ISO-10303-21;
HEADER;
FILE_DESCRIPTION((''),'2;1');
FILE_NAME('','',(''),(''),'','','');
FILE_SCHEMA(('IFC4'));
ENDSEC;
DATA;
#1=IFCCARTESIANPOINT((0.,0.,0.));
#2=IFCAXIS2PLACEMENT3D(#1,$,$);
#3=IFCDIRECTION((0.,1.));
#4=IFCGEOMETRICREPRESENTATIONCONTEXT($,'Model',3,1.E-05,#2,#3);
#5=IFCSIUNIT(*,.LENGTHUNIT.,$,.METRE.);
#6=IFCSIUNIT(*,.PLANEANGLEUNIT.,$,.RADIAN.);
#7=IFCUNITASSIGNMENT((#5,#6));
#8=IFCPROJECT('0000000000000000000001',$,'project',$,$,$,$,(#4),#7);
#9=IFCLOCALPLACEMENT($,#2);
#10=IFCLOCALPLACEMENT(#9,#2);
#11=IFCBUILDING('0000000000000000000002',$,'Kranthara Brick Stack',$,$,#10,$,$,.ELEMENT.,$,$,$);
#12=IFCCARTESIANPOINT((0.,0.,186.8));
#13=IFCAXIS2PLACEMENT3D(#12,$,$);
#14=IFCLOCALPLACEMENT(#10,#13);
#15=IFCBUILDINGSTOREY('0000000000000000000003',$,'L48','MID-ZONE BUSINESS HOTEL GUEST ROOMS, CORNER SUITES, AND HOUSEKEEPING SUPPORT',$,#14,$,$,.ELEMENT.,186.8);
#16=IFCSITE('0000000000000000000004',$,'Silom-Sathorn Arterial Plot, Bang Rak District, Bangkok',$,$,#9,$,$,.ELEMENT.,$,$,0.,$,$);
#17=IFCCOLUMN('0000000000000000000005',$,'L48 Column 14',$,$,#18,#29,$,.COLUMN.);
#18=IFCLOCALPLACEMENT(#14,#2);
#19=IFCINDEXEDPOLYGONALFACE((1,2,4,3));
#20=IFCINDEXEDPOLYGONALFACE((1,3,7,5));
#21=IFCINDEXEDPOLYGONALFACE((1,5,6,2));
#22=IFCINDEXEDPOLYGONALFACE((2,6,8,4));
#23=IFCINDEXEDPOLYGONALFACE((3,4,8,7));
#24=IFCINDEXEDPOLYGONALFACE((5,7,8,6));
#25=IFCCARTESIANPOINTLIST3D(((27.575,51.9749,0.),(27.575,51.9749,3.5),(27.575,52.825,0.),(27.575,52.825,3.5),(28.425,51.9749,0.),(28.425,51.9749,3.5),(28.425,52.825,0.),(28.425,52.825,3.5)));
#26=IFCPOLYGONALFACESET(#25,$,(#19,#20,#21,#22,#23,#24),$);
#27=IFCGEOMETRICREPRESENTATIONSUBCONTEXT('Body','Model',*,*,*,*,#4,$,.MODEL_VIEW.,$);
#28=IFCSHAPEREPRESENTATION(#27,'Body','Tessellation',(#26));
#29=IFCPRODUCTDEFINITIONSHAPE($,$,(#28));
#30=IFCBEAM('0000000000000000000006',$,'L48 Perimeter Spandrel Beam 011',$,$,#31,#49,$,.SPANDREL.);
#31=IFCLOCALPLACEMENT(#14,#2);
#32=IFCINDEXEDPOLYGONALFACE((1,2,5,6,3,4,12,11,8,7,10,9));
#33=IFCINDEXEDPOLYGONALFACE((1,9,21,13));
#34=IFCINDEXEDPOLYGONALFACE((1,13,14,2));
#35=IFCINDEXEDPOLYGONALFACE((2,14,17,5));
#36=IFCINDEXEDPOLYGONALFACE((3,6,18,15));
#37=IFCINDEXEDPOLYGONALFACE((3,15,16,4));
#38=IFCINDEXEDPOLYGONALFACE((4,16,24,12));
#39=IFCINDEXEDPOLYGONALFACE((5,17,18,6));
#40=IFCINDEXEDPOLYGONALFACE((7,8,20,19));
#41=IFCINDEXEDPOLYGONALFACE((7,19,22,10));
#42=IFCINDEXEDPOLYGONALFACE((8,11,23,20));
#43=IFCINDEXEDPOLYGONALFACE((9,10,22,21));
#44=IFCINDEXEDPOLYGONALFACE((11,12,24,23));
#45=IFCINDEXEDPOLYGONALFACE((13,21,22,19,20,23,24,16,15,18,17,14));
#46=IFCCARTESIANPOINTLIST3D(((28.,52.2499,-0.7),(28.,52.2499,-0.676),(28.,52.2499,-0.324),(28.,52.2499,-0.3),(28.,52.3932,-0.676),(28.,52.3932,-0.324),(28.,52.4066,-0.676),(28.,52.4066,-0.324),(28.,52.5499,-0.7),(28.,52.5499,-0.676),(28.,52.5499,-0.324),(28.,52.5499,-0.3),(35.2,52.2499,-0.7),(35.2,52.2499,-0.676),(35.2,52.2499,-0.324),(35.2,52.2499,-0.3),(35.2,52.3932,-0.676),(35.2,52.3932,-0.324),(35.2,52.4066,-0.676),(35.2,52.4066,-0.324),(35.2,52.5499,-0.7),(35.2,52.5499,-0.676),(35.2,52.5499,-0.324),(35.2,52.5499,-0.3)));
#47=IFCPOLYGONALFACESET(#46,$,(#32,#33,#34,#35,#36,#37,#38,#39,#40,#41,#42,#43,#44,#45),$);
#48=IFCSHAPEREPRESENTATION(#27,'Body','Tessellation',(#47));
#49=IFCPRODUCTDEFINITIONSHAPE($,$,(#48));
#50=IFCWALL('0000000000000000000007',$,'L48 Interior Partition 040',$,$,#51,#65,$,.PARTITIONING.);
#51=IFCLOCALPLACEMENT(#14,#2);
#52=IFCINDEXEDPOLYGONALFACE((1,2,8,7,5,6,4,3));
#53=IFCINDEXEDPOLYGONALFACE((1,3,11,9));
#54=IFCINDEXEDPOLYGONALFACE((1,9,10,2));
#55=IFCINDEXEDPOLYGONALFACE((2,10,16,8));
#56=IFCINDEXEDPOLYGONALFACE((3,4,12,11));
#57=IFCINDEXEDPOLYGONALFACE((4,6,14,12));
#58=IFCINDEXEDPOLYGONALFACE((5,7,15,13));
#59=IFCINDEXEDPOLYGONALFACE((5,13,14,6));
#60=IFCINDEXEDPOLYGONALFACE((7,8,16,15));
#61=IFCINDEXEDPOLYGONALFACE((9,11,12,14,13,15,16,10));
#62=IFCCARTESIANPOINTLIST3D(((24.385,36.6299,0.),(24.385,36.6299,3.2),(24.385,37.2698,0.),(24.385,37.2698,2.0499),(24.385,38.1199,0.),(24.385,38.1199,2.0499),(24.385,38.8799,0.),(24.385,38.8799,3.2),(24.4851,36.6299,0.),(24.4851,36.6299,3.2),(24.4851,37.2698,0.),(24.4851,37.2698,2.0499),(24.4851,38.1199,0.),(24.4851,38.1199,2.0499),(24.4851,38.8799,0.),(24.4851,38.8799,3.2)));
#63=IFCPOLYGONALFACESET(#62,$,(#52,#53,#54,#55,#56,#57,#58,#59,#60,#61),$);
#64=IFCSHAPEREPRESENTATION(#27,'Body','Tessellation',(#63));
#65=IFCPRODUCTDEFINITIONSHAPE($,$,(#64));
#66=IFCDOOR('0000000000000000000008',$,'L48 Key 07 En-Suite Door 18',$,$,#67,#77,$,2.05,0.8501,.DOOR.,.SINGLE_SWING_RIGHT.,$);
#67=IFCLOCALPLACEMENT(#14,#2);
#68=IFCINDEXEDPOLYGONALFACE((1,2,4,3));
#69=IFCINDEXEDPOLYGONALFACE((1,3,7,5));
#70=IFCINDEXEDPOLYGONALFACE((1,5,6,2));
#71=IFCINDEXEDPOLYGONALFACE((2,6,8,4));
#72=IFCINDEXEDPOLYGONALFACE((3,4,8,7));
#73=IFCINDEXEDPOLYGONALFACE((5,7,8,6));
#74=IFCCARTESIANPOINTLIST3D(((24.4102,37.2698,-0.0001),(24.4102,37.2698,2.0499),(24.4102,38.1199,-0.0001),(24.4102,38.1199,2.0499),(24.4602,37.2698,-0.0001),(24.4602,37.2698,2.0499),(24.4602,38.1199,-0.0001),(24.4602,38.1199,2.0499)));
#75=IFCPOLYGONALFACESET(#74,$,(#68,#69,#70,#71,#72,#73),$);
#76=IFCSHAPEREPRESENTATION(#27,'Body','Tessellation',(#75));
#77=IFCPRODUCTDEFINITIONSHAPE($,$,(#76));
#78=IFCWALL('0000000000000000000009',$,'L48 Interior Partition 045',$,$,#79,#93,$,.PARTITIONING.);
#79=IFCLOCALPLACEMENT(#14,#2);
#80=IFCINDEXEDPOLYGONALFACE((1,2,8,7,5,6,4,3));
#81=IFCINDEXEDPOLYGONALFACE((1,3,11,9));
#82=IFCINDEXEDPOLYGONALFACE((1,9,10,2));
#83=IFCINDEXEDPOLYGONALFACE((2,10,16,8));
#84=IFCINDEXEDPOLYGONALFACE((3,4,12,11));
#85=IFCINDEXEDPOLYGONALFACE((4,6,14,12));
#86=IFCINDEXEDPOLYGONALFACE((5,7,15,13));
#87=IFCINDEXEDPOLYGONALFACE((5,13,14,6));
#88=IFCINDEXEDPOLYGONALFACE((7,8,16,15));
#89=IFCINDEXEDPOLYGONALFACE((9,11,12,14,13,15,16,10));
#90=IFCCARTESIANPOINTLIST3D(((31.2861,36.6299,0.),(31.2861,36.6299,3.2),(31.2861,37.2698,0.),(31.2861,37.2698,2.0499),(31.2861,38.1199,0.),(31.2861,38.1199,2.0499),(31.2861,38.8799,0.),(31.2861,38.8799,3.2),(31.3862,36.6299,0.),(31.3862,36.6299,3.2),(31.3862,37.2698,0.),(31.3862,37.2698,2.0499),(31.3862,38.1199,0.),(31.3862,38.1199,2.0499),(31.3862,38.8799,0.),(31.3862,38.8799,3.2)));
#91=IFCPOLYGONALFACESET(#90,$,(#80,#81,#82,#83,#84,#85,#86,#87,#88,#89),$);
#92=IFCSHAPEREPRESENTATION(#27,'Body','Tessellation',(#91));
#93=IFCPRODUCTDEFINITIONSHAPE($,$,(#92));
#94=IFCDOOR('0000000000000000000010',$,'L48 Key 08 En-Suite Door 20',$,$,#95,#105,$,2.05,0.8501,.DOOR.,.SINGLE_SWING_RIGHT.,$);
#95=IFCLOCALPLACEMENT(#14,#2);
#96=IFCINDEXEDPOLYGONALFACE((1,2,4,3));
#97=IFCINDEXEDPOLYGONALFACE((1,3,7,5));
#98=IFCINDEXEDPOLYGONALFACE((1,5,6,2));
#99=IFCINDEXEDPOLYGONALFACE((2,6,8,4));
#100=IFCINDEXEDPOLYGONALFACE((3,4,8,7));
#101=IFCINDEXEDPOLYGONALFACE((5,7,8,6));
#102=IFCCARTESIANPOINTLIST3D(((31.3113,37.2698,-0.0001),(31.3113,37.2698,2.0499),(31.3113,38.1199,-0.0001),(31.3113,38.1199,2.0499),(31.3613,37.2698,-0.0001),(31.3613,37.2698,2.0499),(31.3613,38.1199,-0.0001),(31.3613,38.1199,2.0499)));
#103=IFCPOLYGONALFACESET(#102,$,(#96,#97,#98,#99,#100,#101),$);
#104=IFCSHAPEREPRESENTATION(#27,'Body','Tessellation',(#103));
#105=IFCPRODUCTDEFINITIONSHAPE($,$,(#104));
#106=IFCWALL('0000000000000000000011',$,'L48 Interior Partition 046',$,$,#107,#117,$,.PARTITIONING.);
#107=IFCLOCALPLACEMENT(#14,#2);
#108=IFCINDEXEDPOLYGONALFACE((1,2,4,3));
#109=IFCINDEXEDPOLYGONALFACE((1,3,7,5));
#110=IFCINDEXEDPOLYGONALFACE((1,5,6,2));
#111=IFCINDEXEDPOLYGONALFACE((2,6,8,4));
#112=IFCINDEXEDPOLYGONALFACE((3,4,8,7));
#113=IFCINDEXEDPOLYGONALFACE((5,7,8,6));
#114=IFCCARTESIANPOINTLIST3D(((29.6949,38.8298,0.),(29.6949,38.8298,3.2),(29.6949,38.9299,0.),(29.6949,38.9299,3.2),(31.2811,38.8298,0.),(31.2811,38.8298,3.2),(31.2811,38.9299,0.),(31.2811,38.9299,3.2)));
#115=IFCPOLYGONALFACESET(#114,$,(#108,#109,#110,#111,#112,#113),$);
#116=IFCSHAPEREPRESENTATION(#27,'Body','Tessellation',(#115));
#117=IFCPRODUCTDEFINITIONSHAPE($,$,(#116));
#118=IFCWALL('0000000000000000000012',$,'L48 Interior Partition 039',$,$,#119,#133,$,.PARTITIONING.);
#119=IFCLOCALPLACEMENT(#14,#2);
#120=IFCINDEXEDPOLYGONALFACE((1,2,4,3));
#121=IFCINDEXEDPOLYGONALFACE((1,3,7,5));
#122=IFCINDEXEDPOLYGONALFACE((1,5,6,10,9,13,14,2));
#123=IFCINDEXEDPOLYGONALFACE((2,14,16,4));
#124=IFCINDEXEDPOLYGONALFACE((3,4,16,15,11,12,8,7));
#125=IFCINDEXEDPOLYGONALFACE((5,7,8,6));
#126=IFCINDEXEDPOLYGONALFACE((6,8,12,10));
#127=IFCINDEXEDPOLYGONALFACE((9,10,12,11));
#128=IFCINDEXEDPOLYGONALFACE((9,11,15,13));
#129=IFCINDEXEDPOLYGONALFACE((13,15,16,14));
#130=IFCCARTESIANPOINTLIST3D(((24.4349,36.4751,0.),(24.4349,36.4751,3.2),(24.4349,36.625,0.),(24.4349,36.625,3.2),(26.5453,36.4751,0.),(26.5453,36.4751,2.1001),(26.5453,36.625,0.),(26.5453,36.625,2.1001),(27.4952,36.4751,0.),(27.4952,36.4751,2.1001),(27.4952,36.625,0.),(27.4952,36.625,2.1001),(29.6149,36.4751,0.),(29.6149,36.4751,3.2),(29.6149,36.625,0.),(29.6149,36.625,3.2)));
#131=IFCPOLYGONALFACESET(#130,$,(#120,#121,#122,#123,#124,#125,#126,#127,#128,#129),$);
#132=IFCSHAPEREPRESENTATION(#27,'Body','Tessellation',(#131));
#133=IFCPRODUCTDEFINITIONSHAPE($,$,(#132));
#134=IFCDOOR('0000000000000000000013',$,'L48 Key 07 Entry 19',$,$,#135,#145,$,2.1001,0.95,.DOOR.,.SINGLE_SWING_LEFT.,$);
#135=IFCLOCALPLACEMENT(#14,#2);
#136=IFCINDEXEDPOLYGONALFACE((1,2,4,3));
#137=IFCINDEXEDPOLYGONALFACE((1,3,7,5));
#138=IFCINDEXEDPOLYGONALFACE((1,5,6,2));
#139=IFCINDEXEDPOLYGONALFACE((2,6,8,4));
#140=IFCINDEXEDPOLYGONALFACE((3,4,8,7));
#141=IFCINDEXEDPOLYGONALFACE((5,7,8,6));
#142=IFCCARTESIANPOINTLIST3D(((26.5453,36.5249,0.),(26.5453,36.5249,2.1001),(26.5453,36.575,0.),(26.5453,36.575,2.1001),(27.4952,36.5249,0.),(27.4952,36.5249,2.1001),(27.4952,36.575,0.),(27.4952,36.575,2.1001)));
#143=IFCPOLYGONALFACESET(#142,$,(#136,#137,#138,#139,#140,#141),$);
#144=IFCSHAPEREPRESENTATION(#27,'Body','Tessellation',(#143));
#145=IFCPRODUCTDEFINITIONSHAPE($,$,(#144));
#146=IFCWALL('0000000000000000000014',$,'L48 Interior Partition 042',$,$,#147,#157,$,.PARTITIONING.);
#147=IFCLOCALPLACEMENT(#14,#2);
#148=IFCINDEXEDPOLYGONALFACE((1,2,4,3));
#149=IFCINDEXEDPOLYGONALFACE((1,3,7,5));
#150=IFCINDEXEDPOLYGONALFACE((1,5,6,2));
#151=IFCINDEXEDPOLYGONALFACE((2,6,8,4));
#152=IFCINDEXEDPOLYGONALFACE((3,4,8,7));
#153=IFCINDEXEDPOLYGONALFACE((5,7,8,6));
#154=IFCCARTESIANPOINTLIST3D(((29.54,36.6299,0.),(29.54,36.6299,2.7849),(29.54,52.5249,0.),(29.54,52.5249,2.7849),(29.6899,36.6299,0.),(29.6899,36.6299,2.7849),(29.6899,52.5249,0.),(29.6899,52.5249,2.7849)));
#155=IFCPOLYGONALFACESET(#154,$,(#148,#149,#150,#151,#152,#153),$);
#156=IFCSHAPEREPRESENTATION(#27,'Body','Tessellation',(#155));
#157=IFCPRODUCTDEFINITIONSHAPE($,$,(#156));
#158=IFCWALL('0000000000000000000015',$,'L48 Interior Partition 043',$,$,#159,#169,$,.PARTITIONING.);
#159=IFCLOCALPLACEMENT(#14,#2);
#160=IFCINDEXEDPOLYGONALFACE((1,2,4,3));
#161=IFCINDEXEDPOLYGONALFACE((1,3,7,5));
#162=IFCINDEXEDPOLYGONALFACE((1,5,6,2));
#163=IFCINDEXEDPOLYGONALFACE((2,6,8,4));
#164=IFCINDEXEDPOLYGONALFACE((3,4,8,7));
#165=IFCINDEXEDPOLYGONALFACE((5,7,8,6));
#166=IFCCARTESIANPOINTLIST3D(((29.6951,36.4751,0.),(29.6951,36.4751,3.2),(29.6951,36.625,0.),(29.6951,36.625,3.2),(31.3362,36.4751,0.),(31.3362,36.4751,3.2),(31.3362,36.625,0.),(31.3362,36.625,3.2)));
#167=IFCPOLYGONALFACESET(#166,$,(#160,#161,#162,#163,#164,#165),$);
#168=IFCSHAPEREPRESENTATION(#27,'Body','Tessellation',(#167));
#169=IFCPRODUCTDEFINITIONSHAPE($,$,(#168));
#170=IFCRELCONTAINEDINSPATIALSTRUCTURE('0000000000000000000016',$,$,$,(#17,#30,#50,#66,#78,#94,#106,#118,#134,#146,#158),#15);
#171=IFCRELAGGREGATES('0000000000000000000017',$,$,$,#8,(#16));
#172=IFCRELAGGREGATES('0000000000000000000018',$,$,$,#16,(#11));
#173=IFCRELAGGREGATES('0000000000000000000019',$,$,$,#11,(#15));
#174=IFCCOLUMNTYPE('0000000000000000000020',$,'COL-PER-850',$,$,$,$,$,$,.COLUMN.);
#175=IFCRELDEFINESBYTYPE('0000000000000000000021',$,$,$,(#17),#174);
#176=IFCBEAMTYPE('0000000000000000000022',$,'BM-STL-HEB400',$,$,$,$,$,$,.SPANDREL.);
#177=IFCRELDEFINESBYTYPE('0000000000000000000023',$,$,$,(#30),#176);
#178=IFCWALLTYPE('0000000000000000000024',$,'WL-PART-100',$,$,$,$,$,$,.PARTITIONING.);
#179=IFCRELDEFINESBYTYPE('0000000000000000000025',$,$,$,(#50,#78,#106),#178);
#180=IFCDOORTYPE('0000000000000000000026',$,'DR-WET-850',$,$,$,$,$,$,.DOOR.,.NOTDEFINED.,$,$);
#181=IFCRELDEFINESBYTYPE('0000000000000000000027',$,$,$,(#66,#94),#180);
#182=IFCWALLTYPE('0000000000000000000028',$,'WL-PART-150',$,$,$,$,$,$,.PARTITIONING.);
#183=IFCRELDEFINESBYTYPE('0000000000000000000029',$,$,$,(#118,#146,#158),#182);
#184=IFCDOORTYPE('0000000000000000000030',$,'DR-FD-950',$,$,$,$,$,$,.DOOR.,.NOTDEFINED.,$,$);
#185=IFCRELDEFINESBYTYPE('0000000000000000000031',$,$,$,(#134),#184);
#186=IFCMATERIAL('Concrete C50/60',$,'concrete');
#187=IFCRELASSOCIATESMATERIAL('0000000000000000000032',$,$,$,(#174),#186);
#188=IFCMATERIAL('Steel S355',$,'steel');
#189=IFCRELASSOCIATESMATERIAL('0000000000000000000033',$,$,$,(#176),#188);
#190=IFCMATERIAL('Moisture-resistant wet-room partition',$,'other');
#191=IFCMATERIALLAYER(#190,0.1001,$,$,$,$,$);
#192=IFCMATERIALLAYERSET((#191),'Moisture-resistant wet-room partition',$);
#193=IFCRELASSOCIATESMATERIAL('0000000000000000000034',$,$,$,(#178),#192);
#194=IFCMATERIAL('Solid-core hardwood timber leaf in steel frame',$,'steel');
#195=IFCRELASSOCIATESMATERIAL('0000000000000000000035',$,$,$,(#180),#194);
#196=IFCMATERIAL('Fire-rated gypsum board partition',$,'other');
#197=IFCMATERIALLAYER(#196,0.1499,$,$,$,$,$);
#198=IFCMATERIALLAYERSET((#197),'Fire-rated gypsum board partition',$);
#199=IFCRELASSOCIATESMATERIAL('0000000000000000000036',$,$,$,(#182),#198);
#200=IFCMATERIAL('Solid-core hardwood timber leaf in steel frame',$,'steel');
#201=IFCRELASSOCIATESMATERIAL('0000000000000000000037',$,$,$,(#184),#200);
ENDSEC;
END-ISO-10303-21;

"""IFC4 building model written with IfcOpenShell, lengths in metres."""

from ifc_helpers import new_model, si_unit, direction, frame, frame_2d, origin, origin_2d, place, context, subcontext, project, spatial, rectangle, i_section, extrude, material, layer, layer_set, material_profile, profile_set, type_object, element, fill, save


model = new_model("IFC4")

# Units and contexts
model_context = context("Model", 3, precision=1e-05, world=origin(), true_north=direction((0.0, 1.0)))
body_context = subcontext(model_context, "Body", "Model", "MODEL_VIEW")
ifc_project = project(units=[si_unit("LENGTHUNIT", "METRE"), si_unit("PLANEANGLEUNIT", "RADIAN")], contexts=[model_context])

# Site, building, storey
site_placement = place(None, origin())
site = spatial("IfcSite", under=ifc_project, at=site_placement, Name="Silom-Sathorn Arterial Plot, Bang Rak District, Bangkok", CompositionType="ELEMENT", RefElevation=0.0)
building_placement = place(site_placement, origin())
building = spatial("IfcBuilding", under=site, at=building_placement, Name="Kranthara Brick Stack", CompositionType="ELEMENT")
storey_placement = place(building_placement, frame((0.0, 0.0, 186.8)))
storey = spatial("IfcBuildingStorey", under=building, at=storey_placement, Name="L48", Description="MID-ZONE BUSINESS HOTEL GUEST ROOMS, CORNER SUITES, AND HOUSEKEEPING SUPPORT", CompositionType="ELEMENT", Elevation=186.8)

# Column
ifc_material_1 = material(Name="Concrete C50/60", Category="concrete")
ifc_material_profile_1 = material_profile(ifc_material_1, rectangle(XDim=0.8501, YDim=0.8501, at=origin_2d()), Name="RC 850x850")
ifc_profile_set_1 = profile_set([ifc_material_profile_1], Name="Concrete C50/60")
column_type = type_object("IfcColumnType", Name="COL-PER-850", PredefinedType="COLUMN", material=ifc_profile_set_1)
column_placement = place(storey_placement, frame((28.0, 52.3999, 0.0), z_axis=(0.0, 0.0, 1.0), x_axis=(1.0, 0.0, 0.0)))
element("IfcColumn", 1, at=column_placement, inside=storey, type_object=column_type, Name="L48 Column 14", PredefinedType="COLUMN", context=body_context, shape_type="SweptSolid", body=[
    extrude(rectangle(XDim=0.8501, YDim=0.8501, at=origin_2d()), origin(), (0.0, 0.0, 1.0), 3.5),
])

# Beam
ifc_material_2 = material(Name="Steel S355", Category="steel")
ifc_material_profile_2 = material_profile(ifc_material_2, i_section(OverallWidth=0.3, OverallDepth=0.3999, WebThickness=0.0134, FlangeThickness=0.0239, at=origin_2d()), Name="HEB 400")
ifc_profile_set_2 = profile_set([ifc_material_profile_2], Name="Steel S355")
beam_type = type_object("IfcBeamType", Name="BM-STL-HEB400", PredefinedType="SPANDREL", material=ifc_profile_set_2)
beam_placement = place(storey_placement, frame((28.0, 52.3999, -0.5), z_axis=(1.0, 0.0, 0.0), x_axis=(0.0, 1.0, 0.0)))
element("IfcBeam", 2, at=beam_placement, inside=storey, type_object=beam_type, Name="L48 Perimeter Spandrel Beam 011", PredefinedType="SPANDREL", context=body_context, shape_type="SweptSolid", body=[
    extrude(i_section(OverallWidth=0.3, OverallDepth=0.3999, WebThickness=0.0134, FlangeThickness=0.0239, at=origin_2d()), origin(), (0.0, 0.0, 1.0), 7.2),
])

# Walls, openings, doors
ifc_material_3 = material(Name="Moisture-resistant wet-room partition", Category="other")
ifc_layer_1 = layer(ifc_material_3, 0.1001)
ifc_layer_set_1 = layer_set([ifc_layer_1], Name="Moisture-resistant wet-room partition")
wall_type_1 = type_object("IfcWallType", Name="WL-PART-100", PredefinedType="PARTITIONING", material=ifc_layer_set_1)
wall_1_placement = place(storey_placement, frame((24.4351, 36.6299, 0.0), z_axis=(0.0, 0.0, 1.0), x_axis=(0.0, 1.0, 0.0)))
wall_1 = element("IfcWall", 3, at=wall_1_placement, inside=storey, type_object=wall_type_1, Name="L48 Interior Partition 040", PredefinedType="PARTITIONING", context=body_context, shape_type="SweptSolid", body=[
    extrude(rectangle(XDim=2.25, YDim=0.1001, at=frame_2d((1.125, 0.0))), origin(), (0.0, 0.0, 1.0), 3.2),
])
opening_1_placement = place(wall_1_placement, frame((0.6399, 0.0, 0.0)))
opening_1 = element("IfcOpeningElement", 4, at=opening_1_placement, cuts=wall_1, PredefinedType="OPENING", context=body_context, shape_type="SweptSolid", body=[
    extrude(rectangle(XDim=0.8501, YDim=2.05, at=frame_2d((0.425, 1.0249))), frame((0.0, 0.0601, 0.0), z_axis=(0.0, -1.0, 0.0), x_axis=(1.0, 0.0, 0.0)), (0.0, 0.0, 1.0), 0.1201),
])
ifc_material_4 = material(Name="Solid-core hardwood timber leaf in steel frame", Category="steel")
door_type_1 = type_object("IfcDoorType", Name="DR-WET-850", OperationType="NOTDEFINED", PredefinedType="DOOR", material=ifc_material_4)
door_1_placement = place(opening_1_placement, origin())
door_1 = element("IfcDoor", 5, at=door_1_placement, inside=storey, type_object=door_type_1, Name="L48 Key 07 En-Suite Door 18", OperationType="SINGLE_SWING_RIGHT", OverallHeight=2.05, OverallWidth=0.8501, PredefinedType="DOOR", context=body_context, shape_type="SweptSolid", body=[
    extrude(rectangle(XDim=0.8501, YDim=2.05, at=frame_2d((0.425, 1.0249))), frame((0.0, 0.0249, 0.0), z_axis=(0.0, -1.0, 0.0), x_axis=(1.0, 0.0, 0.0)), (0.0, 0.0, 1.0), 0.05),
])
fill(opening_1, door_1)
wall_2_placement = place(storey_placement, frame((31.3362, 36.6299, 0.0), z_axis=(0.0, 0.0, 1.0), x_axis=(0.0, 1.0, 0.0)))
wall_2 = element("IfcWall", 6, at=wall_2_placement, inside=storey, type_object=wall_type_1, Name="L48 Interior Partition 045", PredefinedType="PARTITIONING", context=body_context, shape_type="SweptSolid", body=[
    extrude(rectangle(XDim=2.25, YDim=0.1001, at=frame_2d((1.125, 0.0))), origin(), (0.0, 0.0, 1.0), 3.2),
])
opening_2_placement = place(wall_2_placement, frame((0.6399, 0.0, 0.0)))
opening_2 = element("IfcOpeningElement", 7, at=opening_2_placement, cuts=wall_2, PredefinedType="OPENING", context=body_context, shape_type="SweptSolid", body=[
    extrude(rectangle(XDim=0.8501, YDim=2.05, at=frame_2d((0.425, 1.0249))), frame((0.0, 0.0601, 0.0), z_axis=(0.0, -1.0, 0.0), x_axis=(1.0, 0.0, 0.0)), (0.0, 0.0, 1.0), 0.1201),
])
door_2_placement = place(opening_2_placement, origin())
door_2 = element("IfcDoor", 8, at=door_2_placement, inside=storey, type_object=door_type_1, Name="L48 Key 08 En-Suite Door 20", OperationType="SINGLE_SWING_RIGHT", OverallHeight=2.05, OverallWidth=0.8501, PredefinedType="DOOR", context=body_context, shape_type="SweptSolid", body=[
    extrude(rectangle(XDim=0.8501, YDim=2.05, at=frame_2d((0.425, 1.0249))), frame((0.0, 0.0249, 0.0), z_axis=(0.0, -1.0, 0.0), x_axis=(1.0, 0.0, 0.0)), (0.0, 0.0, 1.0), 0.05),
])
fill(opening_2, door_2)

# Wall
wall_3_placement = place(storey_placement, frame((29.6951, 38.8799, 0.0), z_axis=(0.0, 0.0, 1.0), x_axis=(1.0, 0.0, 0.0)))
element("IfcWall", 9, at=wall_3_placement, inside=storey, type_object=wall_type_1, Name="L48 Interior Partition 046", PredefinedType="PARTITIONING", context=body_context, shape_type="SweptSolid", body=[
    extrude(rectangle(XDim=1.5862, YDim=0.1001, at=frame_2d((0.793, 0.0))), origin(), (0.0, 0.0, 1.0), 3.2),
])

# Wall, opening, door
ifc_material_5 = material(Name="Fire-rated gypsum board partition", Category="other")
ifc_layer_2 = layer(ifc_material_5, 0.1499)
ifc_layer_set_2 = layer_set([ifc_layer_2], Name="Fire-rated gypsum board partition")
wall_type_2 = type_object("IfcWallType", Name="WL-PART-150", PredefinedType="PARTITIONING", material=ifc_layer_set_2)
wall_4_placement = place(storey_placement, frame((24.4351, 36.55, 0.0), z_axis=(0.0, 0.0, 1.0), x_axis=(1.0, 0.0, 0.0)))
wall_4 = element("IfcWall", 10, at=wall_4_placement, inside=storey, type_object=wall_type_2, Name="L48 Interior Partition 039", PredefinedType="PARTITIONING", context=body_context, shape_type="SweptSolid", body=[
    extrude(rectangle(XDim=5.1799, YDim=0.1499, at=frame_2d((2.5898, 0.0))), origin(), (0.0, 0.0, 1.0), 3.2),
])
opening_3_placement = place(wall_4_placement, frame((2.1101, 0.0, 0.0)))
opening_3 = element("IfcOpeningElement", 11, at=opening_3_placement, cuts=wall_4, PredefinedType="OPENING", context=body_context, shape_type="SweptSolid", body=[
    extrude(rectangle(XDim=0.95, YDim=2.1001, at=frame_2d((0.4751, 1.05))), frame((0.0, 0.085, 0.0), z_axis=(0.0, -1.0, 0.0), x_axis=(1.0, 0.0, 0.0)), (0.0, 0.0, 1.0), 0.1699),
])
ifc_material_6 = material(Name="Solid-core hardwood timber leaf in steel frame", Category="steel")
door_type_2 = type_object("IfcDoorType", Name="DR-FD-950", OperationType="NOTDEFINED", PredefinedType="DOOR", material=ifc_material_6)
door_3_placement = place(opening_3_placement, origin())
door_3 = element("IfcDoor", 12, at=door_3_placement, inside=storey, type_object=door_type_2, Name="L48 Key 07 Entry 19", OperationType="SINGLE_SWING_LEFT", OverallHeight=2.1001, OverallWidth=0.95, PredefinedType="DOOR", context=body_context, shape_type="SweptSolid", body=[
    extrude(rectangle(XDim=0.95, YDim=2.1001, at=frame_2d((0.4751, 1.05))), frame((0.0, 0.0249, 0.0), z_axis=(0.0, -1.0, 0.0), x_axis=(1.0, 0.0, 0.0)), (0.0, 0.0, 1.0), 0.05),
])
fill(opening_3, door_3)

# Walls
wall_5_placement = place(storey_placement, frame((29.615, 36.6299, 0.0), z_axis=(0.0, 0.0, 1.0), x_axis=(0.0, 1.0, 0.0)))
element("IfcWall", 13, at=wall_5_placement, inside=storey, type_object=wall_type_2, Name="L48 Interior Partition 042", PredefinedType="PARTITIONING", context=body_context, shape_type="SweptSolid", body=[
    extrude(rectangle(XDim=15.895, YDim=0.1499, at=frame_2d((7.9475, 0.0))), origin(), (0.0, 0.0, 1.0), 2.7849),
])
wall_6_placement = place(storey_placement, frame((29.6951, 36.55, 0.0), z_axis=(0.0, 0.0, 1.0), x_axis=(1.0, 0.0, 0.0)))
element("IfcWall", 14, at=wall_6_placement, inside=storey, type_object=wall_type_2, Name="L48 Interior Partition 043", PredefinedType="PARTITIONING", context=body_context, shape_type="SweptSolid", body=[
    extrude(rectangle(XDim=1.6411, YDim=0.1499, at=frame_2d((0.8206, 0.0))), origin(), (0.0, 0.0, 1.0), 3.2),
])

save(model, "model.ifc")
